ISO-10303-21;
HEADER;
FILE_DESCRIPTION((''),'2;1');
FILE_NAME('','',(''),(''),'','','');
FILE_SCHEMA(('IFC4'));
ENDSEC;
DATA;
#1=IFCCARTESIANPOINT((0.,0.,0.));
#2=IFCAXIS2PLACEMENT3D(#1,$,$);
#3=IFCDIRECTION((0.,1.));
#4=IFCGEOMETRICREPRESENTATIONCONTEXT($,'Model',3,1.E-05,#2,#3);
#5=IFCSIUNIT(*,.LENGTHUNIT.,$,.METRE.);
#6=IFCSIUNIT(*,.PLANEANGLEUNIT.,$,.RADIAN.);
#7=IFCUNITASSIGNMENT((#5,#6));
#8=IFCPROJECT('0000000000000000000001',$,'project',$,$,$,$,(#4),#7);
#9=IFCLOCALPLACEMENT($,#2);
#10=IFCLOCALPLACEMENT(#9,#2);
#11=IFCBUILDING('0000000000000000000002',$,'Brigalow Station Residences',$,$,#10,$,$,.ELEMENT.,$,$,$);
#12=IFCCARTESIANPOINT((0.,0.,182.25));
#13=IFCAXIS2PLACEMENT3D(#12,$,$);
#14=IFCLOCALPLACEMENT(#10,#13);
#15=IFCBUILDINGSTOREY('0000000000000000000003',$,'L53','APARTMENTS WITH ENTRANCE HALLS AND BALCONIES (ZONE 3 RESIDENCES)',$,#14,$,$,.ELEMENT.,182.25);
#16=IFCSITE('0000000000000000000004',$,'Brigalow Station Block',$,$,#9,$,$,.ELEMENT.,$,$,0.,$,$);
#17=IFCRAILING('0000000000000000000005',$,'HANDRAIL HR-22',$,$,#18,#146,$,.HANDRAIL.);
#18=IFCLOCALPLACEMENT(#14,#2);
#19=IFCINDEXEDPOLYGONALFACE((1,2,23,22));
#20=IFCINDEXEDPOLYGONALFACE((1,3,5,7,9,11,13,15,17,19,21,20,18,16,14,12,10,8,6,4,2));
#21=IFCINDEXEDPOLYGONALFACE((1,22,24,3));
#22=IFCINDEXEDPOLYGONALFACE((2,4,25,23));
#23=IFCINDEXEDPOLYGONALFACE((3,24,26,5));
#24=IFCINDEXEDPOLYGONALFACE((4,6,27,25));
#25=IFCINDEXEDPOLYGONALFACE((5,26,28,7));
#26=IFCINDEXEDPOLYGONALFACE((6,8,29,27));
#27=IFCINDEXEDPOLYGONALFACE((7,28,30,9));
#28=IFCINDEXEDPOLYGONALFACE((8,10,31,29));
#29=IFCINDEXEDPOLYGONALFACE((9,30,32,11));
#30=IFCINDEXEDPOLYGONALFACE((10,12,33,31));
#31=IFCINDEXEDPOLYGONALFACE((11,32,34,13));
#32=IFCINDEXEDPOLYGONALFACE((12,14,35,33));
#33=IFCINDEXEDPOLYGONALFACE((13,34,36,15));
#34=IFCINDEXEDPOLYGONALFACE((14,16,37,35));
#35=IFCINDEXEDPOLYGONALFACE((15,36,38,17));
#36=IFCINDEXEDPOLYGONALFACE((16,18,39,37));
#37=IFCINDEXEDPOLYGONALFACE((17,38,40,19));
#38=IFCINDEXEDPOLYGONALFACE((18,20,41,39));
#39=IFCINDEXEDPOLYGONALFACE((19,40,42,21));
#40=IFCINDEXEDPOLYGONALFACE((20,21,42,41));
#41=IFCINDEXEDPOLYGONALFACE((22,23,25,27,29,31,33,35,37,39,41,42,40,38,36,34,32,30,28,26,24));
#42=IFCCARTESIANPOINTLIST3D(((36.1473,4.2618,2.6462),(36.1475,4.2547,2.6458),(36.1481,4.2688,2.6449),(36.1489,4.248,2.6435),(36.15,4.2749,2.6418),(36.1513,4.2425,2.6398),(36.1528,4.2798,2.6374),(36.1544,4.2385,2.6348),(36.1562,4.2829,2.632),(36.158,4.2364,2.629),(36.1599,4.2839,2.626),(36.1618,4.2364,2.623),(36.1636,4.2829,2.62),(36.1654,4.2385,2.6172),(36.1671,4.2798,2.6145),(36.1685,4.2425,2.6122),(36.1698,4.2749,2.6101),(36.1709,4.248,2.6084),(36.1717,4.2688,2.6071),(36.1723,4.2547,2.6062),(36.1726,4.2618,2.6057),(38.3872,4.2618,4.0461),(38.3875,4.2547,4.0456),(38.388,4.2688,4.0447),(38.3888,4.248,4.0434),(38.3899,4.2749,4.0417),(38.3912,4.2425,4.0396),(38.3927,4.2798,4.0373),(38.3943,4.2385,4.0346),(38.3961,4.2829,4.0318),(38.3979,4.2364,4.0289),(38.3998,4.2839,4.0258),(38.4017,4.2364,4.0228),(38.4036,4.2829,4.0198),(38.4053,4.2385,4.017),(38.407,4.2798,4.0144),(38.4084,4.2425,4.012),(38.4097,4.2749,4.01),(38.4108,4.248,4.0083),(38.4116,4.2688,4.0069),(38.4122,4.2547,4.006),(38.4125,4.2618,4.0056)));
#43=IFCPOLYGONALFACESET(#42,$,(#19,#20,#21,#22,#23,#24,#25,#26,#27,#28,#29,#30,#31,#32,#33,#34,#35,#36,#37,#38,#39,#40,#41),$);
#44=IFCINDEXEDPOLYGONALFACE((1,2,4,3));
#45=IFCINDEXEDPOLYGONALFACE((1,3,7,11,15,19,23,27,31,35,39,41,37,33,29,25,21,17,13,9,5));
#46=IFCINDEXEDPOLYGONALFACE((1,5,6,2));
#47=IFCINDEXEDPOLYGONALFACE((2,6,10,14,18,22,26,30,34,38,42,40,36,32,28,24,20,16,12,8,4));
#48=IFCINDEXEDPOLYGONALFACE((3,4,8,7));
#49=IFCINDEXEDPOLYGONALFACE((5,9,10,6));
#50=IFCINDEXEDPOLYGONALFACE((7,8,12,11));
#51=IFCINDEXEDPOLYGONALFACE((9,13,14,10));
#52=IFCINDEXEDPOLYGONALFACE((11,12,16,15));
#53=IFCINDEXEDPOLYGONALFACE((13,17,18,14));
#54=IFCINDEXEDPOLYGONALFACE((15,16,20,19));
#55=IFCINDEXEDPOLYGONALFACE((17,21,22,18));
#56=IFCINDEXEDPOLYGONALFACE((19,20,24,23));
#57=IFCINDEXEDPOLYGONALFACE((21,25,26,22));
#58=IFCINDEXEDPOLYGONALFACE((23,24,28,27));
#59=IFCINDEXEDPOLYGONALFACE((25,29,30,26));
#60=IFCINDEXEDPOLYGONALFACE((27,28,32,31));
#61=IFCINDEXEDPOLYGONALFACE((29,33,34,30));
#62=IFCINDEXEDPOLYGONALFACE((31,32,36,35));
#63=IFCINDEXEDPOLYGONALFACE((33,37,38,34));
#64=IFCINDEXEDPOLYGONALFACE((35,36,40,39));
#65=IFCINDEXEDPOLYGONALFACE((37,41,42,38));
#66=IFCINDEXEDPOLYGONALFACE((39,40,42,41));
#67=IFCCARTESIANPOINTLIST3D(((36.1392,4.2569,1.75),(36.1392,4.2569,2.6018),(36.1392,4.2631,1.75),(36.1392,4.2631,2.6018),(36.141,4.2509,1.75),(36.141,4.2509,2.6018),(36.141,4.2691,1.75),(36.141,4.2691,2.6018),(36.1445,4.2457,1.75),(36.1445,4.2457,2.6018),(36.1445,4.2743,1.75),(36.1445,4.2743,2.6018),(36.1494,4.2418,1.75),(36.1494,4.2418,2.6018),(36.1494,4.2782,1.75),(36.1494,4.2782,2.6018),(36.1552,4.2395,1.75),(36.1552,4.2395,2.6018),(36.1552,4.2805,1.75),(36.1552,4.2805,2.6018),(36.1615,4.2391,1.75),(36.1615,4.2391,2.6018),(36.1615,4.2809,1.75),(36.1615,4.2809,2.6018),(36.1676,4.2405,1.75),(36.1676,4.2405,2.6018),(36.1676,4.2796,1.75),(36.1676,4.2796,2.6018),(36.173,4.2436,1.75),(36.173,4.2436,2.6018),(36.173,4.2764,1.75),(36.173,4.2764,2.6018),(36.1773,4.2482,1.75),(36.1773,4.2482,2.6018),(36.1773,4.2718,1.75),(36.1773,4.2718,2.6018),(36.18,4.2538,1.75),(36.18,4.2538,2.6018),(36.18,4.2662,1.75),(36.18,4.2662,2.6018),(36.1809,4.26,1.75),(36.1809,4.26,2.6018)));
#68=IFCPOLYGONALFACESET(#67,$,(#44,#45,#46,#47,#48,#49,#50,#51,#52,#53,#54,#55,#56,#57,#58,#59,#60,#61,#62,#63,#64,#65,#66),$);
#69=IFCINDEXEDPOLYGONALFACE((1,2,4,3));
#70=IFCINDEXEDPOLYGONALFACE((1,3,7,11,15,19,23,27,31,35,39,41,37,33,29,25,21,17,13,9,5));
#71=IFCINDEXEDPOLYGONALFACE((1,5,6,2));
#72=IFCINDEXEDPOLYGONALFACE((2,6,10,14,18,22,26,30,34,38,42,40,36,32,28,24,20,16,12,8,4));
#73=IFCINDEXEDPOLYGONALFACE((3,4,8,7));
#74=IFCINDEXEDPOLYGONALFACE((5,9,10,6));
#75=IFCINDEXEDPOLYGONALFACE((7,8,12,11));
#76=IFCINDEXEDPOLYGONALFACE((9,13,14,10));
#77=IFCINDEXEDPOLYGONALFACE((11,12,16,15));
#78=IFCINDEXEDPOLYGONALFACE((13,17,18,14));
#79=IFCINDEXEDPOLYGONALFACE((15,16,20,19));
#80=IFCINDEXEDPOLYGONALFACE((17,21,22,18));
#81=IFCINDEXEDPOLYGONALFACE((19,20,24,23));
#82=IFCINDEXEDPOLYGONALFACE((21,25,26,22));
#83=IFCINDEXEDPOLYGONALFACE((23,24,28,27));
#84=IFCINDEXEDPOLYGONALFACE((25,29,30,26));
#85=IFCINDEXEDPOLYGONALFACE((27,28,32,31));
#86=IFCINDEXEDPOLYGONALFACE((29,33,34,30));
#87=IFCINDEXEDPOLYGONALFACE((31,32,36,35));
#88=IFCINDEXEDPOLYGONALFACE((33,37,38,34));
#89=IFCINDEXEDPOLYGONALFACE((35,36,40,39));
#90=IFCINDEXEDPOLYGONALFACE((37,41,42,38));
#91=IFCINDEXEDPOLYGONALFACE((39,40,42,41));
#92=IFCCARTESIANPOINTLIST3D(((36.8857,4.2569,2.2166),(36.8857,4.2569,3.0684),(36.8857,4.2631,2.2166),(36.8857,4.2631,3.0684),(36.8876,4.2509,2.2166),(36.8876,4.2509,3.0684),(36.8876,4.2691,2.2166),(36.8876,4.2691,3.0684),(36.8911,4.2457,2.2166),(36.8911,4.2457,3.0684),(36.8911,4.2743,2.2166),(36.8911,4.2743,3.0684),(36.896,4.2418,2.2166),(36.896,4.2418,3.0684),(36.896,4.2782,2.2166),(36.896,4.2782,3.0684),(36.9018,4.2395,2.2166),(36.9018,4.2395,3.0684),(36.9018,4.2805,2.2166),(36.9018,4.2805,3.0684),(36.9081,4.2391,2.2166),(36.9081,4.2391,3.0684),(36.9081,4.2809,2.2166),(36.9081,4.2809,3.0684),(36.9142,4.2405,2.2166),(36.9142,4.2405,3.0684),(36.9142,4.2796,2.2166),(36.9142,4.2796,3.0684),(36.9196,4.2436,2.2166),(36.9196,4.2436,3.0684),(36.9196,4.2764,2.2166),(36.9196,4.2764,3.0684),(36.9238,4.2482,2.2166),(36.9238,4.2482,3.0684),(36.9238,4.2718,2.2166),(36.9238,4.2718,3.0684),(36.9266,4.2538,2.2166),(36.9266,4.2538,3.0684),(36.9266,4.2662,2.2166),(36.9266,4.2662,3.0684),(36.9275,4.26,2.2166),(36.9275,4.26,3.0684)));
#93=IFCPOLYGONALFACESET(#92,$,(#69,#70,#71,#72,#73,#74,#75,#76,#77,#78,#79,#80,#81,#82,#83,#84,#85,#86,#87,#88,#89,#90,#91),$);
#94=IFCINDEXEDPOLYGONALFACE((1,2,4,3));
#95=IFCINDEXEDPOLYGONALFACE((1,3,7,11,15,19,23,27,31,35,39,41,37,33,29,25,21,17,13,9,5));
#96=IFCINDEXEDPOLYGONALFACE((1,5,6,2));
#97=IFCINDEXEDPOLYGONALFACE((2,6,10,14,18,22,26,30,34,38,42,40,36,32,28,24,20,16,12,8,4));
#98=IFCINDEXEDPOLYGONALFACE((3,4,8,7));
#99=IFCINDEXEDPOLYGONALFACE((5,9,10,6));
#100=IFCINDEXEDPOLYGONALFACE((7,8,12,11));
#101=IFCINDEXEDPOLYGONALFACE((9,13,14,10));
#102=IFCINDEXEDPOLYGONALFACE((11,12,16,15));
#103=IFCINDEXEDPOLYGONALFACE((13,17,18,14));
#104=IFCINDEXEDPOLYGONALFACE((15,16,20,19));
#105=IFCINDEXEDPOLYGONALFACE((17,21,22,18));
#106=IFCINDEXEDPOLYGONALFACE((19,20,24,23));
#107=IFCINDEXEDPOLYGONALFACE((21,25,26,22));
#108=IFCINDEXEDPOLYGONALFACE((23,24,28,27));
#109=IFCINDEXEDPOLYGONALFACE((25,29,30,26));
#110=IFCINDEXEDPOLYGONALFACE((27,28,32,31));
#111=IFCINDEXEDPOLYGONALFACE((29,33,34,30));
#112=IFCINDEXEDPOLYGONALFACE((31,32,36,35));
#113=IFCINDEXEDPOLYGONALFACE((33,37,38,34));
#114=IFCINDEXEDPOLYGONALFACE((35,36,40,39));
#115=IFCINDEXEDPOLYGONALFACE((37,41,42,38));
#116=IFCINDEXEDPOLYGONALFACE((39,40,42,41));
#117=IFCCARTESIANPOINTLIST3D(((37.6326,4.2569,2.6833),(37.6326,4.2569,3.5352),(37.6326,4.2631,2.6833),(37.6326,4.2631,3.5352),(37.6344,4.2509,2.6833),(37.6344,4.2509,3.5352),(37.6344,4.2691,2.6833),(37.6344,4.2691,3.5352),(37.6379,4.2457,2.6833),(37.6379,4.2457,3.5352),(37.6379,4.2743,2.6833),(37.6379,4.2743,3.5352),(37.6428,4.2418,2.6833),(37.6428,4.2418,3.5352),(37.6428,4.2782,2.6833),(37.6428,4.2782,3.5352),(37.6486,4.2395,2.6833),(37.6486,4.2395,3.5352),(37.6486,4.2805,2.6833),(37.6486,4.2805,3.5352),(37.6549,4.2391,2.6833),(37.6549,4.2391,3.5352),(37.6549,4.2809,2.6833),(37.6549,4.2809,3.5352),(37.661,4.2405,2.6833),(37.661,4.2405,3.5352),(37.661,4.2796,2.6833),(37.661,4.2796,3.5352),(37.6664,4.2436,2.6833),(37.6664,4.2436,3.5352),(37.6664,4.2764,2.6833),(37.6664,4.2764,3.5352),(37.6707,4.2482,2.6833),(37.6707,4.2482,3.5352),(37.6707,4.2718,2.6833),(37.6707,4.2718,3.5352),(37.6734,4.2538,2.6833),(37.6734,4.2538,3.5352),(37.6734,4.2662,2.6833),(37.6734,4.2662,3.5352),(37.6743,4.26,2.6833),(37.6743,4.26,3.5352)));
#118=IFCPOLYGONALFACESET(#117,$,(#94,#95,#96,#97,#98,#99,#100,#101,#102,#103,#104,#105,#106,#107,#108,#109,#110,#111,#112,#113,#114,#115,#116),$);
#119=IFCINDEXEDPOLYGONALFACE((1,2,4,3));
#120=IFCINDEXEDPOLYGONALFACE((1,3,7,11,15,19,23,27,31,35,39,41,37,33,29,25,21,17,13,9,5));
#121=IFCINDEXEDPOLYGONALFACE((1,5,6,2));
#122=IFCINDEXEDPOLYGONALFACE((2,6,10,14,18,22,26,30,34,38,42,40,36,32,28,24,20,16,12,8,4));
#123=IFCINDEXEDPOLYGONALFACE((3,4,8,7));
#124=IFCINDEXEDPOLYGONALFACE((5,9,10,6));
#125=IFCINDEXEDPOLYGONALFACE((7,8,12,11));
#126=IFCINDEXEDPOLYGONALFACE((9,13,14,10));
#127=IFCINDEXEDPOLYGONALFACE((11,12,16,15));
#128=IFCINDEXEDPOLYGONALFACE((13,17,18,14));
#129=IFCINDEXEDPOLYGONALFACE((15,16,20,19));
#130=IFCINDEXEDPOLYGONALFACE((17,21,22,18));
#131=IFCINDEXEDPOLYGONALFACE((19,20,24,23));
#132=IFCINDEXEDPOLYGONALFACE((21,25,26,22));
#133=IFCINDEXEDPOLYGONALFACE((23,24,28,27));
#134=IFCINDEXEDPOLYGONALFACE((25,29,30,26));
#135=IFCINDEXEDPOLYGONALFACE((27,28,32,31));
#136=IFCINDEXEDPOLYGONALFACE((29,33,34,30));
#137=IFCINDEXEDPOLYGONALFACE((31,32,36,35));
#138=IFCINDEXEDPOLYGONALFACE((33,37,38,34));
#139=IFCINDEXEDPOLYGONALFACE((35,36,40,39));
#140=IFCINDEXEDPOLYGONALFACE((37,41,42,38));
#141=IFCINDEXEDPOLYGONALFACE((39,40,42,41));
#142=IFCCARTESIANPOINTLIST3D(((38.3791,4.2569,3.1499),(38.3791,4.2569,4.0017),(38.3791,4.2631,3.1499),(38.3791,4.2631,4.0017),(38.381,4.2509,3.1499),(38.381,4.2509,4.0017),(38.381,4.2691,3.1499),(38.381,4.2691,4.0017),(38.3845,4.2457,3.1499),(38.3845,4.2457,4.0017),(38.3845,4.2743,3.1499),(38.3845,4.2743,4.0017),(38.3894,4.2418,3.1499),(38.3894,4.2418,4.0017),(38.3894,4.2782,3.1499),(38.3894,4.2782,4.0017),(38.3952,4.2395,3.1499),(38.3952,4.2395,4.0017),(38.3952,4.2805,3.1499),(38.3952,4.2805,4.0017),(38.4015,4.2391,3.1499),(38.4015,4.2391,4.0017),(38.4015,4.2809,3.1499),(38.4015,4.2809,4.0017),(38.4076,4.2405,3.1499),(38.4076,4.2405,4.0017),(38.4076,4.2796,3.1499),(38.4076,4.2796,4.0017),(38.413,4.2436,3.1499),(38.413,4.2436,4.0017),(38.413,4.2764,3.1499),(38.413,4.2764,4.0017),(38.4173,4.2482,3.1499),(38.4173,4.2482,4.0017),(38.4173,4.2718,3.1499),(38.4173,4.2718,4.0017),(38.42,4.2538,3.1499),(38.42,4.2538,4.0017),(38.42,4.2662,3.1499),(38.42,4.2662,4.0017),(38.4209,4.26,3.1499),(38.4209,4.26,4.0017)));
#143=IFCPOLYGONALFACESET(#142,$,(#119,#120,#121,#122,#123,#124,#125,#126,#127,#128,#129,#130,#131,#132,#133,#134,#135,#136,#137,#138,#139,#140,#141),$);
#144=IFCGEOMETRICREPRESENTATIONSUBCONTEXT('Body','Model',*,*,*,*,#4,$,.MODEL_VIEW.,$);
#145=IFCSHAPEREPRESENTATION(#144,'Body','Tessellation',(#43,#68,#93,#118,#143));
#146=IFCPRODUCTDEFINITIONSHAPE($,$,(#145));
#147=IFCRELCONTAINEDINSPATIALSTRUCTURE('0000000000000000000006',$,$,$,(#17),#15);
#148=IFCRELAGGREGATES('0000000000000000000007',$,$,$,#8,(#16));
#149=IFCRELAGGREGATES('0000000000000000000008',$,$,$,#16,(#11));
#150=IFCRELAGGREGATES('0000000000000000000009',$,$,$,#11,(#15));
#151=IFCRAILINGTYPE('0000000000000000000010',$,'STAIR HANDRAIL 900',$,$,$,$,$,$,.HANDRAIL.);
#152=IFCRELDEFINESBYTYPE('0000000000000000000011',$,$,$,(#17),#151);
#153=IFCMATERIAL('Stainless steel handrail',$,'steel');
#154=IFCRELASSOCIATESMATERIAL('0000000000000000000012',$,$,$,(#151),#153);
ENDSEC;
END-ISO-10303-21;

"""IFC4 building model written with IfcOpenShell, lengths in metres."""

from ifc_helpers import new_model, si_unit, direction, frame, origin, origin_2d, place, context, subcontext, project, spatial, circle, extrude, material, type_object, element, save


model = new_model("IFC4")

# Units and contexts
model_context = context("Model", 3, precision=1e-05, world=origin(), true_north=direction((0.0, 1.0)))
body_context = subcontext(model_context, "Body", "Model", "MODEL_VIEW")
ifc_project = project(units=[si_unit("LENGTHUNIT", "METRE"), si_unit("PLANEANGLEUNIT", "RADIAN")], contexts=[model_context])

# Site, building, storey
site_placement = place(None, origin())
site = spatial("IfcSite", under=ifc_project, at=site_placement, Name="Brigalow Station Block", CompositionType="ELEMENT", RefElevation=0.0)
building_placement = place(site_placement, origin())
building = spatial("IfcBuilding", under=site, at=building_placement, Name="Brigalow Station Residences", CompositionType="ELEMENT")
storey_placement = place(building_placement, frame((0.0, 0.0, 182.25)))
storey = spatial("IfcBuildingStorey", under=building, at=storey_placement, Name="L53", Description="APARTMENTS WITH ENTRANCE HALLS AND BALCONIES (ZONE 3 RESIDENCES)", CompositionType="ELEMENT", Elevation=182.25)

# Railing
ifc_material_1 = material(Name="Stainless steel handrail", Category="steel")
railing_type_1 = type_object("IfcRailingType", Name="STAIR HANDRAIL 900", PredefinedType="HANDRAIL", material=ifc_material_1)
railing_1_placement = place(storey_placement, frame((36.1599, 4.26, 1.75)))
element("IfcRailing", 1, at=railing_1_placement, inside=storey, type_object=railing_type_1, Name="HANDRAIL HR-22", PredefinedType="HANDRAIL", context=body_context, shape_type="SweptSolid", body=[
    extrude(circle(Radius=0.0239, at=origin_2d()), frame((0.0, 0.0, 0.876), z_axis=(0.848014, 0.0, 0.529974), x_axis=(0.0, 1.0, 0.0)), (0.0, 0.0, 1.0), 2.6414),
    extrude(circle(Radius=0.021, at=origin_2d()), origin(), (0.0, 0.0, 1.0), 0.8518),
    extrude(circle(Radius=0.021, at=origin_2d()), frame((0.7466, 0.0, 0.4666)), (0.0, 0.0, 1.0), 0.8518),
    extrude(circle(Radius=0.021, at=origin_2d()), frame((1.4934, 0.0, 0.9333)), (0.0, 0.0, 1.0), 0.8518),
    extrude(circle(Radius=0.021, at=origin_2d()), frame((2.24, 0.0, 1.3999)), (0.0, 0.0, 1.0), 0.8518),
])

save(model, "model.ifc")
